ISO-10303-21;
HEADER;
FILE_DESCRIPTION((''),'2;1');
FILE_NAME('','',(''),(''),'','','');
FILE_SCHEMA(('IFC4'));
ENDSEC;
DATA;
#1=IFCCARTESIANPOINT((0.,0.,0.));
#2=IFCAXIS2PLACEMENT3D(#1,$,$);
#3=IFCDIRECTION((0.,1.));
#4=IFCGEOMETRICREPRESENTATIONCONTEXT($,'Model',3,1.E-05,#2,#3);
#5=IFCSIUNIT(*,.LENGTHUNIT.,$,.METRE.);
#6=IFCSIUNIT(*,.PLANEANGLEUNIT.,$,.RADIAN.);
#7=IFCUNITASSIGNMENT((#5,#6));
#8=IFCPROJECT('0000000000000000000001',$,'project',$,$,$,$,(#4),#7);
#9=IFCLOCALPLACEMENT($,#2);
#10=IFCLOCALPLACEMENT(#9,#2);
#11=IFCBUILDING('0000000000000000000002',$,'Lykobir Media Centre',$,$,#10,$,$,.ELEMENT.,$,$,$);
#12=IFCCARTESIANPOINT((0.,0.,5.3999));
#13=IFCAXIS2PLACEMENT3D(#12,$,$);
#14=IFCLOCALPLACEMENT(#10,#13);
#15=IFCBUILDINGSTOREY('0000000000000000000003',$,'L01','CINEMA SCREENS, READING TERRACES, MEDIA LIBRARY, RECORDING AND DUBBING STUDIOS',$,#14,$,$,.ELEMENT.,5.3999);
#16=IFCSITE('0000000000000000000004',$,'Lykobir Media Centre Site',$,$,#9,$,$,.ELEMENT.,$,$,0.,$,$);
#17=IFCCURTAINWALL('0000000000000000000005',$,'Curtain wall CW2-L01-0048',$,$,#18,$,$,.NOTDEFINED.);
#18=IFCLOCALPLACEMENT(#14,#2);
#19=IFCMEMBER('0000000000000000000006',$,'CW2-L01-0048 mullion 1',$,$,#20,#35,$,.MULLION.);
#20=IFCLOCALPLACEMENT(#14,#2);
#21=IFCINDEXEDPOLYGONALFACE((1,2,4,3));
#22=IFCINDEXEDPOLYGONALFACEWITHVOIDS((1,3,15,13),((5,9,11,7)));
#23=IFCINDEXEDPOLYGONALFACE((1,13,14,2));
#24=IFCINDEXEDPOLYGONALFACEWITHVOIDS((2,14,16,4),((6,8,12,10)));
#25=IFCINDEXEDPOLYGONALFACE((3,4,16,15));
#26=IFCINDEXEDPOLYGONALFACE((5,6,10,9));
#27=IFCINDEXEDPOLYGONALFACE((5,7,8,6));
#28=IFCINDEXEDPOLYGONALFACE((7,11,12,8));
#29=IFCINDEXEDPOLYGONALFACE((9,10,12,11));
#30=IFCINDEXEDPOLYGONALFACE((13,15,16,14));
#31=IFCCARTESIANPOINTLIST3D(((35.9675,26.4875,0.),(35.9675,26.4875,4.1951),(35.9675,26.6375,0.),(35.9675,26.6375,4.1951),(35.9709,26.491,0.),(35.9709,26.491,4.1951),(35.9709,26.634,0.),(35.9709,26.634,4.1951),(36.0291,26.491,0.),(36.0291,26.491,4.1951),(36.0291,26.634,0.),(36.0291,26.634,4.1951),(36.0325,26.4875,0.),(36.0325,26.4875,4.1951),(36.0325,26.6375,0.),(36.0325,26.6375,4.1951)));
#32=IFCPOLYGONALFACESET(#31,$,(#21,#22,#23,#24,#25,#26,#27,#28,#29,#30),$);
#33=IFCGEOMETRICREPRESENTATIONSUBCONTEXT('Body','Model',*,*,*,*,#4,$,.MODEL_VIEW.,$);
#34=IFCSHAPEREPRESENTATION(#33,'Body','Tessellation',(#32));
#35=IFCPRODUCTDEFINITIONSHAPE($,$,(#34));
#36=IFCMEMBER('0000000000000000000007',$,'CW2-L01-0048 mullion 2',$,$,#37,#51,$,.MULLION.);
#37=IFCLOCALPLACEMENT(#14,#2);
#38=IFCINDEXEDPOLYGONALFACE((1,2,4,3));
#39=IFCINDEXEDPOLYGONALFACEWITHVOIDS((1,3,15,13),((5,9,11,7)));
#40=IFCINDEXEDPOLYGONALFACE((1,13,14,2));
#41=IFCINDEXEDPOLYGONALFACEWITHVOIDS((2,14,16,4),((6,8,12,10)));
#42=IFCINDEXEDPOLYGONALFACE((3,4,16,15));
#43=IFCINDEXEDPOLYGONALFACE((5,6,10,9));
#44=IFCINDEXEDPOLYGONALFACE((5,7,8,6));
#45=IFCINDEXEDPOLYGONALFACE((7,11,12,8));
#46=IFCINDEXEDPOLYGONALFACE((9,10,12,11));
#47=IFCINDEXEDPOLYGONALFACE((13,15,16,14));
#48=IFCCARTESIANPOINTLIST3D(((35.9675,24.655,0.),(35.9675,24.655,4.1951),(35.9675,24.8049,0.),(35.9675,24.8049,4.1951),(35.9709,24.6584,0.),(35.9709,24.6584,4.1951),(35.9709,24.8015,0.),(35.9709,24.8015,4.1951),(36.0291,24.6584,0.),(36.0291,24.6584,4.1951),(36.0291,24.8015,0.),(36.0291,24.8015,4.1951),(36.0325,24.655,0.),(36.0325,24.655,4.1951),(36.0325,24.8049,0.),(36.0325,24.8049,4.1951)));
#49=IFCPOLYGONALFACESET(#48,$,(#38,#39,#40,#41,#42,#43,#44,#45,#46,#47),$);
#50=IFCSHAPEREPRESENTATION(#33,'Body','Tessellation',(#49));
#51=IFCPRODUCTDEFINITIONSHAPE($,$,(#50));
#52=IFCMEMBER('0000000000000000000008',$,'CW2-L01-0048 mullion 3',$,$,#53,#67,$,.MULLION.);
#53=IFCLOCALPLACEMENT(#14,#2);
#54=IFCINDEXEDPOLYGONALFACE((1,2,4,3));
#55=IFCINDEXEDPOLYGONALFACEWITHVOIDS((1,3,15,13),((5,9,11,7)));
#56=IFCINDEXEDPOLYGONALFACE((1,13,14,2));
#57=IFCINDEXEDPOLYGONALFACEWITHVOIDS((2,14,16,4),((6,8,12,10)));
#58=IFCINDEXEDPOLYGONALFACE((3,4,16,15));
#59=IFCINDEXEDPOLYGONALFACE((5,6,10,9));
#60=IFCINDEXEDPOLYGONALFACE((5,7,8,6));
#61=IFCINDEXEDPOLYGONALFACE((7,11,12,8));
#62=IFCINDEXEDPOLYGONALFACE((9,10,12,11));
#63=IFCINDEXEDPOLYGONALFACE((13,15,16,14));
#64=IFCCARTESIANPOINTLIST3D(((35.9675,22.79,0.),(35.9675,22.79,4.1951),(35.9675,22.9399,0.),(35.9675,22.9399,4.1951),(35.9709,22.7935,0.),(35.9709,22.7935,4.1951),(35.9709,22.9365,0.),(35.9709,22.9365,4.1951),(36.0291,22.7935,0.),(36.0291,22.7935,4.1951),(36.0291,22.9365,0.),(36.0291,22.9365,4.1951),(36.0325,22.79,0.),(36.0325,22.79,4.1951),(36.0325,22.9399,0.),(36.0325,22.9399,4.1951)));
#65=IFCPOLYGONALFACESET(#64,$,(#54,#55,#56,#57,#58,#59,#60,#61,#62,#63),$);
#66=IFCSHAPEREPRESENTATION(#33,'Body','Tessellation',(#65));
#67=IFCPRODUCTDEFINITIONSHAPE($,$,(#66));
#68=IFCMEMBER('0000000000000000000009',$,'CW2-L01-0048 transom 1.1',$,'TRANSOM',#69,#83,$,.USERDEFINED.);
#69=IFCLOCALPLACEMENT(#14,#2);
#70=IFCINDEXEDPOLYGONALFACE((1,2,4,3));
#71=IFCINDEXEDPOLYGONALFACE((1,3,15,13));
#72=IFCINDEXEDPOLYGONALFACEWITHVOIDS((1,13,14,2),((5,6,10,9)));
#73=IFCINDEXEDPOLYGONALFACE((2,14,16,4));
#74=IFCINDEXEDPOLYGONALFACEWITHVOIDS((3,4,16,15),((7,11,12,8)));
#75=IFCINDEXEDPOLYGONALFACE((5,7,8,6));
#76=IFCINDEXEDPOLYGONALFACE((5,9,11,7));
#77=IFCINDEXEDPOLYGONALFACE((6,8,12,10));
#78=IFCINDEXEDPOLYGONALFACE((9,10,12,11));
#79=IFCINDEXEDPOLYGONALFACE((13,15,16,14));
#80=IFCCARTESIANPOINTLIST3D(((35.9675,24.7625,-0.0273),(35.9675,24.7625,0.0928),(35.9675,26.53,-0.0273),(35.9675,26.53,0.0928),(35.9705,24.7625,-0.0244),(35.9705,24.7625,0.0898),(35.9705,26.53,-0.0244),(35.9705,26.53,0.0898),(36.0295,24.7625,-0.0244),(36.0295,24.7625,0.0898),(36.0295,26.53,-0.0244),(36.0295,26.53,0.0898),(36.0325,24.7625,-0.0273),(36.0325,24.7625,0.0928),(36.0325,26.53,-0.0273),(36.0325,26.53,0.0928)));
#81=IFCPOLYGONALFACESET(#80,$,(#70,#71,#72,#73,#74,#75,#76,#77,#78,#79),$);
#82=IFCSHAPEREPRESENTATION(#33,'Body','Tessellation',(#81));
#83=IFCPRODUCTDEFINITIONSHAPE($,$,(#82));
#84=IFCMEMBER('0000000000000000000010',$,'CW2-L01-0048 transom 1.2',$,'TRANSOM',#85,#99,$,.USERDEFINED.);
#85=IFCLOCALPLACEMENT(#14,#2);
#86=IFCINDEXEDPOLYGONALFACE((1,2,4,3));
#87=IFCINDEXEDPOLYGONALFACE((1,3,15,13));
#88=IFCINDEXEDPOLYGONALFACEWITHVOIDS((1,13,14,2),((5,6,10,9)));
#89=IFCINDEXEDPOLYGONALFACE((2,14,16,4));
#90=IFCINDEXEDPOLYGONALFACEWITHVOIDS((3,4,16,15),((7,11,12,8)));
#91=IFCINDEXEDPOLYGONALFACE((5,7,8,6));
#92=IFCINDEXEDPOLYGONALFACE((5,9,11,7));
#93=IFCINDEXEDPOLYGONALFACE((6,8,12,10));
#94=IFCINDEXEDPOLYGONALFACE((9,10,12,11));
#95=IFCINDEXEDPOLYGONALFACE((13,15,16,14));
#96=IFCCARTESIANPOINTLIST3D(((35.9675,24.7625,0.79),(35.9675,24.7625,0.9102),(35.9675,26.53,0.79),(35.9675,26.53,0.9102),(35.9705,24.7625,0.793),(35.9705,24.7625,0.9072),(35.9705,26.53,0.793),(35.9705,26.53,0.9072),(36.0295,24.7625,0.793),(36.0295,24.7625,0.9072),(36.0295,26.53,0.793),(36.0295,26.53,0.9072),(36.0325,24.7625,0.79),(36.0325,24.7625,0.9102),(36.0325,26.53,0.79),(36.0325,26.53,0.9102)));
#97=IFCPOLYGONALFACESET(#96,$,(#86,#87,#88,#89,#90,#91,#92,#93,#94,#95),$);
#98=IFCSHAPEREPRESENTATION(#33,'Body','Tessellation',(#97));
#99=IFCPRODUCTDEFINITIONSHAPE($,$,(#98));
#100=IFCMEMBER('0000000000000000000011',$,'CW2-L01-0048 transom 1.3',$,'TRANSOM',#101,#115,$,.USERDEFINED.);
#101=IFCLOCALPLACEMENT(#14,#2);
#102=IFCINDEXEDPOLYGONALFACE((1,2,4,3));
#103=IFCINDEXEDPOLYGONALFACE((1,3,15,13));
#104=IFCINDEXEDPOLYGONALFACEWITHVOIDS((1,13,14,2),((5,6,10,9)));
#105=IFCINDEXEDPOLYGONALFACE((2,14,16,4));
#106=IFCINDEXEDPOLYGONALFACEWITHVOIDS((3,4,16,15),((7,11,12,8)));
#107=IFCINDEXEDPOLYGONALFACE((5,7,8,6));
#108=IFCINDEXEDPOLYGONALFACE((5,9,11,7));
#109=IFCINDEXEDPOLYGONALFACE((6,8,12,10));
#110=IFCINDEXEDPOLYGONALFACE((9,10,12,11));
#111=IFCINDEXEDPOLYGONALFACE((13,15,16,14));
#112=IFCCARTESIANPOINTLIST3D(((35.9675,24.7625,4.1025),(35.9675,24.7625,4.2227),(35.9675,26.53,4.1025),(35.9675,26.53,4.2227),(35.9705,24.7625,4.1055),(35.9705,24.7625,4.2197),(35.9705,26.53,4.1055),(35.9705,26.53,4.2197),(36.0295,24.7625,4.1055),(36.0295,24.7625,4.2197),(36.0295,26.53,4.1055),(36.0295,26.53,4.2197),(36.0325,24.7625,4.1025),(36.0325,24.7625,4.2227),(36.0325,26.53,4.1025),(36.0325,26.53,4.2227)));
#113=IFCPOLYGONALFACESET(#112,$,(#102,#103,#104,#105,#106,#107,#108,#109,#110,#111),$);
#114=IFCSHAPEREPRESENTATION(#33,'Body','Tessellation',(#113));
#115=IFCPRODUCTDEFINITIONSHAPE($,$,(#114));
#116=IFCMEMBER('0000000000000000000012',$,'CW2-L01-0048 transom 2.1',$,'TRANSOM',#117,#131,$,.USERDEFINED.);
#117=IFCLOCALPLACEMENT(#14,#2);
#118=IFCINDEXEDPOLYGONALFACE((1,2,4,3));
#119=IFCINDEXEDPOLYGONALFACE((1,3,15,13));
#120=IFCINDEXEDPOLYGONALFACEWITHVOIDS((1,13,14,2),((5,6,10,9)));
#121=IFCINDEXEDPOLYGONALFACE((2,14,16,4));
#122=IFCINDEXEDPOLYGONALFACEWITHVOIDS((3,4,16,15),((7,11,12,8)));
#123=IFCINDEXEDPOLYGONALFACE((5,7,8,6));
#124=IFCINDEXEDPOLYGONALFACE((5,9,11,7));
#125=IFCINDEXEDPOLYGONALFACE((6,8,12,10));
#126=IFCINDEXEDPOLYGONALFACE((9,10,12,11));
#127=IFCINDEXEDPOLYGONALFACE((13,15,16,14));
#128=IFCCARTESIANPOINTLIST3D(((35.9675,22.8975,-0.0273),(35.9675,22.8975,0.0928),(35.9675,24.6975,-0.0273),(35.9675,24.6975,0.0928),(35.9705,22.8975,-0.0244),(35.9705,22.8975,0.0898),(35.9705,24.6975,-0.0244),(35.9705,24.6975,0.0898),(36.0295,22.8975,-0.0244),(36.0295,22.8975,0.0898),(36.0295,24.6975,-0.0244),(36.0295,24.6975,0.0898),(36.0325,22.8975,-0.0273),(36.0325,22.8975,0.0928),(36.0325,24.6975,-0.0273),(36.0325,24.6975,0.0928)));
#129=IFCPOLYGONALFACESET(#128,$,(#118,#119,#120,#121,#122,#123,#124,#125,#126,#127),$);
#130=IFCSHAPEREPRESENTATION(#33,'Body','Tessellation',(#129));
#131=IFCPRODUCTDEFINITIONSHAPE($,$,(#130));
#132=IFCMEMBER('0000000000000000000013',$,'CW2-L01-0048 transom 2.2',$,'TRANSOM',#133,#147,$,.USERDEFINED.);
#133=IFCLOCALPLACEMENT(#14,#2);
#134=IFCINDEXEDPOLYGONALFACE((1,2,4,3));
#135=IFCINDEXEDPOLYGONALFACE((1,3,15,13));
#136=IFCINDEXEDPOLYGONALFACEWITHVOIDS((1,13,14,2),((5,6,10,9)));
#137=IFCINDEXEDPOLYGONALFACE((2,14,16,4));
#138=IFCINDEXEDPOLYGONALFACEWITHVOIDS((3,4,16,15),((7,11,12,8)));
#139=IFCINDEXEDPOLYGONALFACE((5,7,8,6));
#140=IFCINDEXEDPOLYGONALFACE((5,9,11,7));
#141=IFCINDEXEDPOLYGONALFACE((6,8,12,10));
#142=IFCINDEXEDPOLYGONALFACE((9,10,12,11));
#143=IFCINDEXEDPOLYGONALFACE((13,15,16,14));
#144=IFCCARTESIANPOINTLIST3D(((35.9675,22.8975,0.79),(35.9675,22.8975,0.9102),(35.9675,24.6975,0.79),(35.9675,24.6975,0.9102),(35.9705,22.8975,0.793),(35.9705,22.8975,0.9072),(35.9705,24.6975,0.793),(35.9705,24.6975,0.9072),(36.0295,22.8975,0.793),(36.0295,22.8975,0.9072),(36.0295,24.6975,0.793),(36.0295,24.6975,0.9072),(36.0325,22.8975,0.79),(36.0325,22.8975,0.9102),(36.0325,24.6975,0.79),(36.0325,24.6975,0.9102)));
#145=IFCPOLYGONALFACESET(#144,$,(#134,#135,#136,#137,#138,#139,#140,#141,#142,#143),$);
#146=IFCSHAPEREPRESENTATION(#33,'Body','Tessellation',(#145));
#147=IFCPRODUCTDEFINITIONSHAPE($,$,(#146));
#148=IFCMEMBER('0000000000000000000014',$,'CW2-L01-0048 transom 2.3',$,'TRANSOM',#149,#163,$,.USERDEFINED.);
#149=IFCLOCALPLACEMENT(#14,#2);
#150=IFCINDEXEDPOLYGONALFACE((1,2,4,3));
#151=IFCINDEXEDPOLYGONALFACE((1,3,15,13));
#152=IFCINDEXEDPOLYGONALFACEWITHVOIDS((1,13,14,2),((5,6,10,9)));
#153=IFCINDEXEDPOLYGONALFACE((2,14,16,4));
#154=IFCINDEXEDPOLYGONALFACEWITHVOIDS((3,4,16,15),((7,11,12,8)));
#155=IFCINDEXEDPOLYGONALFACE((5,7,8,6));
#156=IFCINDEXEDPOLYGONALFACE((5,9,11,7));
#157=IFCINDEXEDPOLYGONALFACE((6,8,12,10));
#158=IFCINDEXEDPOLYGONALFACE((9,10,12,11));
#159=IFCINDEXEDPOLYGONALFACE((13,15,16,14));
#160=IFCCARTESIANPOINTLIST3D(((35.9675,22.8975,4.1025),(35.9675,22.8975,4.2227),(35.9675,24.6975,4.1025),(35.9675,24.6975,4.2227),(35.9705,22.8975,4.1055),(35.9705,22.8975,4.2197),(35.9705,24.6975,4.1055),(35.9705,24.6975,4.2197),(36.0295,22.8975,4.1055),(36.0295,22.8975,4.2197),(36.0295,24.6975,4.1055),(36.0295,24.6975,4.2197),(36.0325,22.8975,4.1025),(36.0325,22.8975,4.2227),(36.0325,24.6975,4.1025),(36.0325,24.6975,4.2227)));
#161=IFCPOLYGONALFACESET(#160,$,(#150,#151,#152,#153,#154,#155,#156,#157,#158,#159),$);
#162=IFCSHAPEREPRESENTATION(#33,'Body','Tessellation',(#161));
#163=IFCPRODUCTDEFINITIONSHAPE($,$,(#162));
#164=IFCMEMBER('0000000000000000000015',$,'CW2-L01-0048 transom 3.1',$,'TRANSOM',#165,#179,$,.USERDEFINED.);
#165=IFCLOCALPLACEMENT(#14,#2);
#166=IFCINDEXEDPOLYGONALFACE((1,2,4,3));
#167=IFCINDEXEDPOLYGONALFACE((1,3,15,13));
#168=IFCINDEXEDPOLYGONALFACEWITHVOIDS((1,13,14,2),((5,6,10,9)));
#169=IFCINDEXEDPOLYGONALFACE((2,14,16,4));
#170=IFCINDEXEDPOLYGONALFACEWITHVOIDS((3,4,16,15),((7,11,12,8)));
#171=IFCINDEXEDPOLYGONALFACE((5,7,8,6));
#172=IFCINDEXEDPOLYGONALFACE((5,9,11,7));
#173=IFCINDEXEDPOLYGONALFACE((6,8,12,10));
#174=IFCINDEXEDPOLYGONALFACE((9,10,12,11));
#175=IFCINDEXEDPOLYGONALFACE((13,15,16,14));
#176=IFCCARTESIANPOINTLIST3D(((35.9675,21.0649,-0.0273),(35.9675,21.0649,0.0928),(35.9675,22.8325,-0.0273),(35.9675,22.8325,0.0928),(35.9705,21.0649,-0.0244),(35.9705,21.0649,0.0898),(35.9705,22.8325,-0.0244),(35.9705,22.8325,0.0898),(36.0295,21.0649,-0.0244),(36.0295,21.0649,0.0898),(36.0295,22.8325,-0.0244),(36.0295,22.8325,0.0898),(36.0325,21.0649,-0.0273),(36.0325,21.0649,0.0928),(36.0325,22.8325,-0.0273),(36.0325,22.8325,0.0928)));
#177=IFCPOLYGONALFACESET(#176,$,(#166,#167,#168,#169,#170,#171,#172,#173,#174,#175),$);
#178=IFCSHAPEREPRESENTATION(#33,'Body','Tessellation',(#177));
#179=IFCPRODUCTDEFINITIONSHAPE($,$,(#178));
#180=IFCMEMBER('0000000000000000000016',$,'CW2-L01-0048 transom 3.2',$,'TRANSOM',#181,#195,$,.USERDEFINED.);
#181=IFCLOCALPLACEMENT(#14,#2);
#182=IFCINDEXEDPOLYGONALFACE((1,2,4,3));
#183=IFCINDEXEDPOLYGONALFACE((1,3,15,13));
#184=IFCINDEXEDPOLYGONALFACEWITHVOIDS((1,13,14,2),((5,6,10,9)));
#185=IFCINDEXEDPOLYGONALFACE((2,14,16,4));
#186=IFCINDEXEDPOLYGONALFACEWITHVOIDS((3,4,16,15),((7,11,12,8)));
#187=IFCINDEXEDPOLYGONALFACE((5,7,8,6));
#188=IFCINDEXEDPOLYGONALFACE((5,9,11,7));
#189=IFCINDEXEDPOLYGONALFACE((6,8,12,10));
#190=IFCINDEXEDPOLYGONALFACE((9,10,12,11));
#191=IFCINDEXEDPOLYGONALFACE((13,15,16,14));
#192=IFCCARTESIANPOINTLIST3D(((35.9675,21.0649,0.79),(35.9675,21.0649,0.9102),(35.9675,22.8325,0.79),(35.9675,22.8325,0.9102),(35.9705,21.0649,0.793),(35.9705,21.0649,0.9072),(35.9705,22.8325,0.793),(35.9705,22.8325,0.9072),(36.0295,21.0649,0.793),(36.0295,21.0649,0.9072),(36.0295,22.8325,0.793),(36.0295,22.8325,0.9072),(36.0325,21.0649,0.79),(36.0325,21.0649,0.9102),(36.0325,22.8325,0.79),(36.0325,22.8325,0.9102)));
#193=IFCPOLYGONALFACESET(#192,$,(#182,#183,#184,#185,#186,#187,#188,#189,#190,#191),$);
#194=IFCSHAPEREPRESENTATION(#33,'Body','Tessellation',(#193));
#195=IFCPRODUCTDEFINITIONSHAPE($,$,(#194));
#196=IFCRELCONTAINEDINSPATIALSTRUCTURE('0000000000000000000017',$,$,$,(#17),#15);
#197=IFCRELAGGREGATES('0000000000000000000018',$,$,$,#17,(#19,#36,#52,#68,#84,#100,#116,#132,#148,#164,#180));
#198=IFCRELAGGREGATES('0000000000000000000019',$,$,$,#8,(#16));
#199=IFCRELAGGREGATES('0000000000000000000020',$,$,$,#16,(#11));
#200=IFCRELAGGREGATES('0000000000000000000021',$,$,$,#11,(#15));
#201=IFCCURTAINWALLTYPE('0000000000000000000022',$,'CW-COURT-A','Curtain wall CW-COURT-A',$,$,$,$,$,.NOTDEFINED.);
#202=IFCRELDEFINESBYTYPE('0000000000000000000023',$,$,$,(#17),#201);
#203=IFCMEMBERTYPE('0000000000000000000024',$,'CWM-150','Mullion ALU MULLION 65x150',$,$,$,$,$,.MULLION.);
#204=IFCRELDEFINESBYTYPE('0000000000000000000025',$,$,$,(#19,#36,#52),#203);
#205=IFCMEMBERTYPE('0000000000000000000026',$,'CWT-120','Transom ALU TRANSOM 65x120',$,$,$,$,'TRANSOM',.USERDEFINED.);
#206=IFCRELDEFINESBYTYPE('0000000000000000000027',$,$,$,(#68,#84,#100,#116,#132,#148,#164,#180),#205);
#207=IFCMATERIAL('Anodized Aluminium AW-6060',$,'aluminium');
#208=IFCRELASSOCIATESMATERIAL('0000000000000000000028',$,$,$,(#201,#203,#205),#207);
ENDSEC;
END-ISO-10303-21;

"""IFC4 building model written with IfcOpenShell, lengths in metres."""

from ifc_helpers import new_model, si_unit, direction, frame, origin, origin_2d, place, context, subcontext, project, spatial, hollow_rectangle, extrude, material, material_profile, profile_set, type_object, element, aggregate, save


model = new_model("IFC4")

# Units and contexts
model_context = context("Model", 3, precision=1e-05, world=origin(), true_north=direction((0.0, 1.0)))
body_context = subcontext(model_context, "Body", "Model", "MODEL_VIEW")
ifc_project = project(units=[si_unit("LENGTHUNIT", "METRE"), si_unit("PLANEANGLEUNIT", "RADIAN")], contexts=[model_context])

# Site, building, storey
site_placement = place(None, origin())
site = spatial("IfcSite", under=ifc_project, at=site_placement, Name="Lykobir Media Centre Site", CompositionType="ELEMENT", RefElevation=0.0)
building_placement = place(site_placement, origin())
building = spatial("IfcBuilding", under=site, at=building_placement, Name="Lykobir Media Centre", CompositionType="ELEMENT")
storey_placement = place(building_placement, frame((0.0, 0.0, 5.3999)))
storey = spatial("IfcBuildingStorey", under=building, at=storey_placement, Name="L01", Description="CINEMA SCREENS, READING TERRACES, MEDIA LIBRARY, RECORDING AND DUBBING STUDIOS", CompositionType="ELEMENT", Elevation=5.3999)

# Curtain wall, members
ifc_material_1 = material(Name="Anodized Aluminium AW-6060", Category="aluminium")
curtain_wall_type = type_object("IfcCurtainWallType", Name="CW-COURT-A", Description="Curtain wall CW-COURT-A", PredefinedType="NOTDEFINED", material=ifc_material_1)
curtain_wall_placement = place(storey_placement, origin())
curtain_wall = element("IfcCurtainWall", 1, at=curtain_wall_placement, inside=storey, type_object=curtain_wall_type, Name="Curtain wall CW2-L01-0048", PredefinedType="NOTDEFINED")
ifc_material_profile_1 = material_profile(ifc_material_1, hollow_rectangle(XDim=0.0649, YDim=0.1499, WallThickness=0.0034, at=origin_2d()), Name="ALU MULLION 65x150")
ifc_profile_set_1 = profile_set([ifc_material_profile_1], Name="Anodized Aluminium AW-6060")
member_type_1 = type_object("IfcMemberType", Name="CWM-150", Description="Mullion ALU MULLION 65x150", PredefinedType="MULLION", material=ifc_profile_set_1)
member_1_placement = place(storey_placement, frame((36.0, 26.5625, 0.0), z_axis=(0.0, 0.0, 1.0), x_axis=(1.0, 0.0, 0.0)))
member_1 = element("IfcMember", 2, at=member_1_placement, type_object=member_type_1, Name="CW2-L01-0048 mullion 1", PredefinedType="MULLION", context=body_context, shape_type="SweptSolid", body=[
    extrude(hollow_rectangle(XDim=0.0649, YDim=0.1499, WallThickness=0.0034, at=origin_2d()), origin(), (0.0, 0.0, 1.0), 4.1951),
])
member_2_placement = place(storey_placement, frame((36.0, 24.73, 0.0), z_axis=(0.0, 0.0, 1.0), x_axis=(1.0, 0.0, 0.0)))
member_2 = element("IfcMember", 3, at=member_2_placement, type_object=member_type_1, Name="CW2-L01-0048 mullion 2", PredefinedType="MULLION", context=body_context, shape_type="SweptSolid", body=[
    extrude(hollow_rectangle(XDim=0.0649, YDim=0.1499, WallThickness=0.0034, at=origin_2d()), origin(), (0.0, 0.0, 1.0), 4.1951),
])
member_3_placement = place(storey_placement, frame((36.0, 22.865, 0.0), z_axis=(0.0, 0.0, 1.0), x_axis=(1.0, 0.0, 0.0)))
member_3 = element("IfcMember", 4, at=member_3_placement, type_object=member_type_1, Name="CW2-L01-0048 mullion 3", PredefinedType="MULLION", context=body_context, shape_type="SweptSolid", body=[
    extrude(hollow_rectangle(XDim=0.0649, YDim=0.1499, WallThickness=0.0034, at=origin_2d()), origin(), (0.0, 0.0, 1.0), 4.1951),
])
ifc_material_profile_2 = material_profile(ifc_material_1, hollow_rectangle(XDim=0.0649, YDim=0.1201, WallThickness=0.0029, at=origin_2d()), Name="ALU TRANSOM 65x120")
ifc_profile_set_2 = profile_set([ifc_material_profile_2], Name="Anodized Aluminium AW-6060")
member_type_2 = type_object("IfcMemberType", Name="CWT-120", Description="Transom ALU TRANSOM 65x120", ElementType="TRANSOM", PredefinedType="USERDEFINED", material=ifc_profile_set_2)
member_4_placement = place(storey_placement, frame((36.0, 26.53, 0.0327), z_axis=(0.0, -1.0, 0.0), x_axis=(1.0, 0.0, 0.0)))
member_4 = element("IfcMember", 5, at=member_4_placement, type_object=member_type_2, Name="CW2-L01-0048 transom 1.1", ObjectType="TRANSOM", PredefinedType="USERDEFINED", context=body_context, shape_type="SweptSolid", body=[
    extrude(hollow_rectangle(XDim=0.0649, YDim=0.1201, WallThickness=0.0029, at=origin_2d()), origin(), (0.0, 0.0, 1.0), 1.7676),
])
member_5_placement = place(storey_placement, frame((36.0, 26.53, 0.8501), z_axis=(0.0, -1.0, 0.0), x_axis=(1.0, 0.0, 0.0)))
member_5 = element("IfcMember", 6, at=member_5_placement, type_object=member_type_2, Name="CW2-L01-0048 transom 1.2", ObjectType="TRANSOM", PredefinedType="USERDEFINED", context=body_context, shape_type="SweptSolid", body=[
    extrude(hollow_rectangle(XDim=0.0649, YDim=0.1201, WallThickness=0.0029, at=origin_2d()), origin(), (0.0, 0.0, 1.0), 1.7676),
])
member_6_placement = place(storey_placement, frame((36.0, 26.53, 4.1626), z_axis=(0.0, -1.0, 0.0), x_axis=(1.0, 0.0, 0.0)))
member_6 = element("IfcMember", 7, at=member_6_placement, type_object=member_type_2, Name="CW2-L01-0048 transom 1.3", ObjectType="TRANSOM", PredefinedType="USERDEFINED", context=body_context, shape_type="SweptSolid", body=[
    extrude(hollow_rectangle(XDim=0.0649, YDim=0.1201, WallThickness=0.0029, at=origin_2d()), origin(), (0.0, 0.0, 1.0), 1.7676),
])
member_7_placement = place(storey_placement, frame((36.0, 24.6975, 0.0327), z_axis=(0.0, -1.0, 0.0), x_axis=(1.0, 0.0, 0.0)))
member_7 = element("IfcMember", 8, at=member_7_placement, type_object=member_type_2, Name="CW2-L01-0048 transom 2.1", ObjectType="TRANSOM", PredefinedType="USERDEFINED", context=body_context, shape_type="SweptSolid", body=[
    extrude(hollow_rectangle(XDim=0.0649, YDim=0.1201, WallThickness=0.0029, at=origin_2d()), origin(), (0.0, 0.0, 1.0), 1.8),
])
member_8_placement = place(storey_placement, frame((36.0, 24.6975, 0.8501), z_axis=(0.0, -1.0, 0.0), x_axis=(1.0, 0.0, 0.0)))
member_8 = element("IfcMember", 9, at=member_8_placement, type_object=member_type_2, Name="CW2-L01-0048 transom 2.2", ObjectType="TRANSOM", PredefinedType="USERDEFINED", context=body_context, shape_type="SweptSolid", body=[
    extrude(hollow_rectangle(XDim=0.0649, YDim=0.1201, WallThickness=0.0029, at=origin_2d()), origin(), (0.0, 0.0, 1.0), 1.8),
])
member_9_placement = place(storey_placement, frame((36.0, 24.6975, 4.1626), z_axis=(0.0, -1.0, 0.0), x_axis=(1.0, 0.0, 0.0)))
member_9 = element("IfcMember", 10, at=member_9_placement, type_object=member_type_2, Name="CW2-L01-0048 transom 2.3", ObjectType="TRANSOM", PredefinedType="USERDEFINED", context=body_context, shape_type="SweptSolid", body=[
    extrude(hollow_rectangle(XDim=0.0649, YDim=0.1201, WallThickness=0.0029, at=origin_2d()), origin(), (0.0, 0.0, 1.0), 1.8),
])
member_10_placement = place(storey_placement, frame((36.0, 22.8325, 0.0327), z_axis=(0.0, -1.0, 0.0), x_axis=(1.0, 0.0, 0.0)))
member_10 = element("IfcMember", 11, at=member_10_placement, type_object=member_type_2, Name="CW2-L01-0048 transom 3.1", ObjectType="TRANSOM", PredefinedType="USERDEFINED", context=body_context, shape_type="SweptSolid", body=[
    extrude(hollow_rectangle(XDim=0.0649, YDim=0.1201, WallThickness=0.0029, at=origin_2d()), origin(), (0.0, 0.0, 1.0), 1.7676),
])
member_11_placement = place(storey_placement, frame((36.0, 22.8325, 0.8501), z_axis=(0.0, -1.0, 0.0), x_axis=(1.0, 0.0, 0.0)))
member_11 = element("IfcMember", 12, at=member_11_placement, type_object=member_type_2, Name="CW2-L01-0048 transom 3.2", ObjectType="TRANSOM", PredefinedType="USERDEFINED", context=body_context, shape_type="SweptSolid", body=[
    extrude(hollow_rectangle(XDim=0.0649, YDim=0.1201, WallThickness=0.0029, at=origin_2d()), origin(), (0.0, 0.0, 1.0), 1.7676),
])

aggregate(curtain_wall, [member_1, member_2, member_3, member_4, member_5, member_6, member_7, member_8, member_9, member_10, member_11])

save(model, "model.ifc")
